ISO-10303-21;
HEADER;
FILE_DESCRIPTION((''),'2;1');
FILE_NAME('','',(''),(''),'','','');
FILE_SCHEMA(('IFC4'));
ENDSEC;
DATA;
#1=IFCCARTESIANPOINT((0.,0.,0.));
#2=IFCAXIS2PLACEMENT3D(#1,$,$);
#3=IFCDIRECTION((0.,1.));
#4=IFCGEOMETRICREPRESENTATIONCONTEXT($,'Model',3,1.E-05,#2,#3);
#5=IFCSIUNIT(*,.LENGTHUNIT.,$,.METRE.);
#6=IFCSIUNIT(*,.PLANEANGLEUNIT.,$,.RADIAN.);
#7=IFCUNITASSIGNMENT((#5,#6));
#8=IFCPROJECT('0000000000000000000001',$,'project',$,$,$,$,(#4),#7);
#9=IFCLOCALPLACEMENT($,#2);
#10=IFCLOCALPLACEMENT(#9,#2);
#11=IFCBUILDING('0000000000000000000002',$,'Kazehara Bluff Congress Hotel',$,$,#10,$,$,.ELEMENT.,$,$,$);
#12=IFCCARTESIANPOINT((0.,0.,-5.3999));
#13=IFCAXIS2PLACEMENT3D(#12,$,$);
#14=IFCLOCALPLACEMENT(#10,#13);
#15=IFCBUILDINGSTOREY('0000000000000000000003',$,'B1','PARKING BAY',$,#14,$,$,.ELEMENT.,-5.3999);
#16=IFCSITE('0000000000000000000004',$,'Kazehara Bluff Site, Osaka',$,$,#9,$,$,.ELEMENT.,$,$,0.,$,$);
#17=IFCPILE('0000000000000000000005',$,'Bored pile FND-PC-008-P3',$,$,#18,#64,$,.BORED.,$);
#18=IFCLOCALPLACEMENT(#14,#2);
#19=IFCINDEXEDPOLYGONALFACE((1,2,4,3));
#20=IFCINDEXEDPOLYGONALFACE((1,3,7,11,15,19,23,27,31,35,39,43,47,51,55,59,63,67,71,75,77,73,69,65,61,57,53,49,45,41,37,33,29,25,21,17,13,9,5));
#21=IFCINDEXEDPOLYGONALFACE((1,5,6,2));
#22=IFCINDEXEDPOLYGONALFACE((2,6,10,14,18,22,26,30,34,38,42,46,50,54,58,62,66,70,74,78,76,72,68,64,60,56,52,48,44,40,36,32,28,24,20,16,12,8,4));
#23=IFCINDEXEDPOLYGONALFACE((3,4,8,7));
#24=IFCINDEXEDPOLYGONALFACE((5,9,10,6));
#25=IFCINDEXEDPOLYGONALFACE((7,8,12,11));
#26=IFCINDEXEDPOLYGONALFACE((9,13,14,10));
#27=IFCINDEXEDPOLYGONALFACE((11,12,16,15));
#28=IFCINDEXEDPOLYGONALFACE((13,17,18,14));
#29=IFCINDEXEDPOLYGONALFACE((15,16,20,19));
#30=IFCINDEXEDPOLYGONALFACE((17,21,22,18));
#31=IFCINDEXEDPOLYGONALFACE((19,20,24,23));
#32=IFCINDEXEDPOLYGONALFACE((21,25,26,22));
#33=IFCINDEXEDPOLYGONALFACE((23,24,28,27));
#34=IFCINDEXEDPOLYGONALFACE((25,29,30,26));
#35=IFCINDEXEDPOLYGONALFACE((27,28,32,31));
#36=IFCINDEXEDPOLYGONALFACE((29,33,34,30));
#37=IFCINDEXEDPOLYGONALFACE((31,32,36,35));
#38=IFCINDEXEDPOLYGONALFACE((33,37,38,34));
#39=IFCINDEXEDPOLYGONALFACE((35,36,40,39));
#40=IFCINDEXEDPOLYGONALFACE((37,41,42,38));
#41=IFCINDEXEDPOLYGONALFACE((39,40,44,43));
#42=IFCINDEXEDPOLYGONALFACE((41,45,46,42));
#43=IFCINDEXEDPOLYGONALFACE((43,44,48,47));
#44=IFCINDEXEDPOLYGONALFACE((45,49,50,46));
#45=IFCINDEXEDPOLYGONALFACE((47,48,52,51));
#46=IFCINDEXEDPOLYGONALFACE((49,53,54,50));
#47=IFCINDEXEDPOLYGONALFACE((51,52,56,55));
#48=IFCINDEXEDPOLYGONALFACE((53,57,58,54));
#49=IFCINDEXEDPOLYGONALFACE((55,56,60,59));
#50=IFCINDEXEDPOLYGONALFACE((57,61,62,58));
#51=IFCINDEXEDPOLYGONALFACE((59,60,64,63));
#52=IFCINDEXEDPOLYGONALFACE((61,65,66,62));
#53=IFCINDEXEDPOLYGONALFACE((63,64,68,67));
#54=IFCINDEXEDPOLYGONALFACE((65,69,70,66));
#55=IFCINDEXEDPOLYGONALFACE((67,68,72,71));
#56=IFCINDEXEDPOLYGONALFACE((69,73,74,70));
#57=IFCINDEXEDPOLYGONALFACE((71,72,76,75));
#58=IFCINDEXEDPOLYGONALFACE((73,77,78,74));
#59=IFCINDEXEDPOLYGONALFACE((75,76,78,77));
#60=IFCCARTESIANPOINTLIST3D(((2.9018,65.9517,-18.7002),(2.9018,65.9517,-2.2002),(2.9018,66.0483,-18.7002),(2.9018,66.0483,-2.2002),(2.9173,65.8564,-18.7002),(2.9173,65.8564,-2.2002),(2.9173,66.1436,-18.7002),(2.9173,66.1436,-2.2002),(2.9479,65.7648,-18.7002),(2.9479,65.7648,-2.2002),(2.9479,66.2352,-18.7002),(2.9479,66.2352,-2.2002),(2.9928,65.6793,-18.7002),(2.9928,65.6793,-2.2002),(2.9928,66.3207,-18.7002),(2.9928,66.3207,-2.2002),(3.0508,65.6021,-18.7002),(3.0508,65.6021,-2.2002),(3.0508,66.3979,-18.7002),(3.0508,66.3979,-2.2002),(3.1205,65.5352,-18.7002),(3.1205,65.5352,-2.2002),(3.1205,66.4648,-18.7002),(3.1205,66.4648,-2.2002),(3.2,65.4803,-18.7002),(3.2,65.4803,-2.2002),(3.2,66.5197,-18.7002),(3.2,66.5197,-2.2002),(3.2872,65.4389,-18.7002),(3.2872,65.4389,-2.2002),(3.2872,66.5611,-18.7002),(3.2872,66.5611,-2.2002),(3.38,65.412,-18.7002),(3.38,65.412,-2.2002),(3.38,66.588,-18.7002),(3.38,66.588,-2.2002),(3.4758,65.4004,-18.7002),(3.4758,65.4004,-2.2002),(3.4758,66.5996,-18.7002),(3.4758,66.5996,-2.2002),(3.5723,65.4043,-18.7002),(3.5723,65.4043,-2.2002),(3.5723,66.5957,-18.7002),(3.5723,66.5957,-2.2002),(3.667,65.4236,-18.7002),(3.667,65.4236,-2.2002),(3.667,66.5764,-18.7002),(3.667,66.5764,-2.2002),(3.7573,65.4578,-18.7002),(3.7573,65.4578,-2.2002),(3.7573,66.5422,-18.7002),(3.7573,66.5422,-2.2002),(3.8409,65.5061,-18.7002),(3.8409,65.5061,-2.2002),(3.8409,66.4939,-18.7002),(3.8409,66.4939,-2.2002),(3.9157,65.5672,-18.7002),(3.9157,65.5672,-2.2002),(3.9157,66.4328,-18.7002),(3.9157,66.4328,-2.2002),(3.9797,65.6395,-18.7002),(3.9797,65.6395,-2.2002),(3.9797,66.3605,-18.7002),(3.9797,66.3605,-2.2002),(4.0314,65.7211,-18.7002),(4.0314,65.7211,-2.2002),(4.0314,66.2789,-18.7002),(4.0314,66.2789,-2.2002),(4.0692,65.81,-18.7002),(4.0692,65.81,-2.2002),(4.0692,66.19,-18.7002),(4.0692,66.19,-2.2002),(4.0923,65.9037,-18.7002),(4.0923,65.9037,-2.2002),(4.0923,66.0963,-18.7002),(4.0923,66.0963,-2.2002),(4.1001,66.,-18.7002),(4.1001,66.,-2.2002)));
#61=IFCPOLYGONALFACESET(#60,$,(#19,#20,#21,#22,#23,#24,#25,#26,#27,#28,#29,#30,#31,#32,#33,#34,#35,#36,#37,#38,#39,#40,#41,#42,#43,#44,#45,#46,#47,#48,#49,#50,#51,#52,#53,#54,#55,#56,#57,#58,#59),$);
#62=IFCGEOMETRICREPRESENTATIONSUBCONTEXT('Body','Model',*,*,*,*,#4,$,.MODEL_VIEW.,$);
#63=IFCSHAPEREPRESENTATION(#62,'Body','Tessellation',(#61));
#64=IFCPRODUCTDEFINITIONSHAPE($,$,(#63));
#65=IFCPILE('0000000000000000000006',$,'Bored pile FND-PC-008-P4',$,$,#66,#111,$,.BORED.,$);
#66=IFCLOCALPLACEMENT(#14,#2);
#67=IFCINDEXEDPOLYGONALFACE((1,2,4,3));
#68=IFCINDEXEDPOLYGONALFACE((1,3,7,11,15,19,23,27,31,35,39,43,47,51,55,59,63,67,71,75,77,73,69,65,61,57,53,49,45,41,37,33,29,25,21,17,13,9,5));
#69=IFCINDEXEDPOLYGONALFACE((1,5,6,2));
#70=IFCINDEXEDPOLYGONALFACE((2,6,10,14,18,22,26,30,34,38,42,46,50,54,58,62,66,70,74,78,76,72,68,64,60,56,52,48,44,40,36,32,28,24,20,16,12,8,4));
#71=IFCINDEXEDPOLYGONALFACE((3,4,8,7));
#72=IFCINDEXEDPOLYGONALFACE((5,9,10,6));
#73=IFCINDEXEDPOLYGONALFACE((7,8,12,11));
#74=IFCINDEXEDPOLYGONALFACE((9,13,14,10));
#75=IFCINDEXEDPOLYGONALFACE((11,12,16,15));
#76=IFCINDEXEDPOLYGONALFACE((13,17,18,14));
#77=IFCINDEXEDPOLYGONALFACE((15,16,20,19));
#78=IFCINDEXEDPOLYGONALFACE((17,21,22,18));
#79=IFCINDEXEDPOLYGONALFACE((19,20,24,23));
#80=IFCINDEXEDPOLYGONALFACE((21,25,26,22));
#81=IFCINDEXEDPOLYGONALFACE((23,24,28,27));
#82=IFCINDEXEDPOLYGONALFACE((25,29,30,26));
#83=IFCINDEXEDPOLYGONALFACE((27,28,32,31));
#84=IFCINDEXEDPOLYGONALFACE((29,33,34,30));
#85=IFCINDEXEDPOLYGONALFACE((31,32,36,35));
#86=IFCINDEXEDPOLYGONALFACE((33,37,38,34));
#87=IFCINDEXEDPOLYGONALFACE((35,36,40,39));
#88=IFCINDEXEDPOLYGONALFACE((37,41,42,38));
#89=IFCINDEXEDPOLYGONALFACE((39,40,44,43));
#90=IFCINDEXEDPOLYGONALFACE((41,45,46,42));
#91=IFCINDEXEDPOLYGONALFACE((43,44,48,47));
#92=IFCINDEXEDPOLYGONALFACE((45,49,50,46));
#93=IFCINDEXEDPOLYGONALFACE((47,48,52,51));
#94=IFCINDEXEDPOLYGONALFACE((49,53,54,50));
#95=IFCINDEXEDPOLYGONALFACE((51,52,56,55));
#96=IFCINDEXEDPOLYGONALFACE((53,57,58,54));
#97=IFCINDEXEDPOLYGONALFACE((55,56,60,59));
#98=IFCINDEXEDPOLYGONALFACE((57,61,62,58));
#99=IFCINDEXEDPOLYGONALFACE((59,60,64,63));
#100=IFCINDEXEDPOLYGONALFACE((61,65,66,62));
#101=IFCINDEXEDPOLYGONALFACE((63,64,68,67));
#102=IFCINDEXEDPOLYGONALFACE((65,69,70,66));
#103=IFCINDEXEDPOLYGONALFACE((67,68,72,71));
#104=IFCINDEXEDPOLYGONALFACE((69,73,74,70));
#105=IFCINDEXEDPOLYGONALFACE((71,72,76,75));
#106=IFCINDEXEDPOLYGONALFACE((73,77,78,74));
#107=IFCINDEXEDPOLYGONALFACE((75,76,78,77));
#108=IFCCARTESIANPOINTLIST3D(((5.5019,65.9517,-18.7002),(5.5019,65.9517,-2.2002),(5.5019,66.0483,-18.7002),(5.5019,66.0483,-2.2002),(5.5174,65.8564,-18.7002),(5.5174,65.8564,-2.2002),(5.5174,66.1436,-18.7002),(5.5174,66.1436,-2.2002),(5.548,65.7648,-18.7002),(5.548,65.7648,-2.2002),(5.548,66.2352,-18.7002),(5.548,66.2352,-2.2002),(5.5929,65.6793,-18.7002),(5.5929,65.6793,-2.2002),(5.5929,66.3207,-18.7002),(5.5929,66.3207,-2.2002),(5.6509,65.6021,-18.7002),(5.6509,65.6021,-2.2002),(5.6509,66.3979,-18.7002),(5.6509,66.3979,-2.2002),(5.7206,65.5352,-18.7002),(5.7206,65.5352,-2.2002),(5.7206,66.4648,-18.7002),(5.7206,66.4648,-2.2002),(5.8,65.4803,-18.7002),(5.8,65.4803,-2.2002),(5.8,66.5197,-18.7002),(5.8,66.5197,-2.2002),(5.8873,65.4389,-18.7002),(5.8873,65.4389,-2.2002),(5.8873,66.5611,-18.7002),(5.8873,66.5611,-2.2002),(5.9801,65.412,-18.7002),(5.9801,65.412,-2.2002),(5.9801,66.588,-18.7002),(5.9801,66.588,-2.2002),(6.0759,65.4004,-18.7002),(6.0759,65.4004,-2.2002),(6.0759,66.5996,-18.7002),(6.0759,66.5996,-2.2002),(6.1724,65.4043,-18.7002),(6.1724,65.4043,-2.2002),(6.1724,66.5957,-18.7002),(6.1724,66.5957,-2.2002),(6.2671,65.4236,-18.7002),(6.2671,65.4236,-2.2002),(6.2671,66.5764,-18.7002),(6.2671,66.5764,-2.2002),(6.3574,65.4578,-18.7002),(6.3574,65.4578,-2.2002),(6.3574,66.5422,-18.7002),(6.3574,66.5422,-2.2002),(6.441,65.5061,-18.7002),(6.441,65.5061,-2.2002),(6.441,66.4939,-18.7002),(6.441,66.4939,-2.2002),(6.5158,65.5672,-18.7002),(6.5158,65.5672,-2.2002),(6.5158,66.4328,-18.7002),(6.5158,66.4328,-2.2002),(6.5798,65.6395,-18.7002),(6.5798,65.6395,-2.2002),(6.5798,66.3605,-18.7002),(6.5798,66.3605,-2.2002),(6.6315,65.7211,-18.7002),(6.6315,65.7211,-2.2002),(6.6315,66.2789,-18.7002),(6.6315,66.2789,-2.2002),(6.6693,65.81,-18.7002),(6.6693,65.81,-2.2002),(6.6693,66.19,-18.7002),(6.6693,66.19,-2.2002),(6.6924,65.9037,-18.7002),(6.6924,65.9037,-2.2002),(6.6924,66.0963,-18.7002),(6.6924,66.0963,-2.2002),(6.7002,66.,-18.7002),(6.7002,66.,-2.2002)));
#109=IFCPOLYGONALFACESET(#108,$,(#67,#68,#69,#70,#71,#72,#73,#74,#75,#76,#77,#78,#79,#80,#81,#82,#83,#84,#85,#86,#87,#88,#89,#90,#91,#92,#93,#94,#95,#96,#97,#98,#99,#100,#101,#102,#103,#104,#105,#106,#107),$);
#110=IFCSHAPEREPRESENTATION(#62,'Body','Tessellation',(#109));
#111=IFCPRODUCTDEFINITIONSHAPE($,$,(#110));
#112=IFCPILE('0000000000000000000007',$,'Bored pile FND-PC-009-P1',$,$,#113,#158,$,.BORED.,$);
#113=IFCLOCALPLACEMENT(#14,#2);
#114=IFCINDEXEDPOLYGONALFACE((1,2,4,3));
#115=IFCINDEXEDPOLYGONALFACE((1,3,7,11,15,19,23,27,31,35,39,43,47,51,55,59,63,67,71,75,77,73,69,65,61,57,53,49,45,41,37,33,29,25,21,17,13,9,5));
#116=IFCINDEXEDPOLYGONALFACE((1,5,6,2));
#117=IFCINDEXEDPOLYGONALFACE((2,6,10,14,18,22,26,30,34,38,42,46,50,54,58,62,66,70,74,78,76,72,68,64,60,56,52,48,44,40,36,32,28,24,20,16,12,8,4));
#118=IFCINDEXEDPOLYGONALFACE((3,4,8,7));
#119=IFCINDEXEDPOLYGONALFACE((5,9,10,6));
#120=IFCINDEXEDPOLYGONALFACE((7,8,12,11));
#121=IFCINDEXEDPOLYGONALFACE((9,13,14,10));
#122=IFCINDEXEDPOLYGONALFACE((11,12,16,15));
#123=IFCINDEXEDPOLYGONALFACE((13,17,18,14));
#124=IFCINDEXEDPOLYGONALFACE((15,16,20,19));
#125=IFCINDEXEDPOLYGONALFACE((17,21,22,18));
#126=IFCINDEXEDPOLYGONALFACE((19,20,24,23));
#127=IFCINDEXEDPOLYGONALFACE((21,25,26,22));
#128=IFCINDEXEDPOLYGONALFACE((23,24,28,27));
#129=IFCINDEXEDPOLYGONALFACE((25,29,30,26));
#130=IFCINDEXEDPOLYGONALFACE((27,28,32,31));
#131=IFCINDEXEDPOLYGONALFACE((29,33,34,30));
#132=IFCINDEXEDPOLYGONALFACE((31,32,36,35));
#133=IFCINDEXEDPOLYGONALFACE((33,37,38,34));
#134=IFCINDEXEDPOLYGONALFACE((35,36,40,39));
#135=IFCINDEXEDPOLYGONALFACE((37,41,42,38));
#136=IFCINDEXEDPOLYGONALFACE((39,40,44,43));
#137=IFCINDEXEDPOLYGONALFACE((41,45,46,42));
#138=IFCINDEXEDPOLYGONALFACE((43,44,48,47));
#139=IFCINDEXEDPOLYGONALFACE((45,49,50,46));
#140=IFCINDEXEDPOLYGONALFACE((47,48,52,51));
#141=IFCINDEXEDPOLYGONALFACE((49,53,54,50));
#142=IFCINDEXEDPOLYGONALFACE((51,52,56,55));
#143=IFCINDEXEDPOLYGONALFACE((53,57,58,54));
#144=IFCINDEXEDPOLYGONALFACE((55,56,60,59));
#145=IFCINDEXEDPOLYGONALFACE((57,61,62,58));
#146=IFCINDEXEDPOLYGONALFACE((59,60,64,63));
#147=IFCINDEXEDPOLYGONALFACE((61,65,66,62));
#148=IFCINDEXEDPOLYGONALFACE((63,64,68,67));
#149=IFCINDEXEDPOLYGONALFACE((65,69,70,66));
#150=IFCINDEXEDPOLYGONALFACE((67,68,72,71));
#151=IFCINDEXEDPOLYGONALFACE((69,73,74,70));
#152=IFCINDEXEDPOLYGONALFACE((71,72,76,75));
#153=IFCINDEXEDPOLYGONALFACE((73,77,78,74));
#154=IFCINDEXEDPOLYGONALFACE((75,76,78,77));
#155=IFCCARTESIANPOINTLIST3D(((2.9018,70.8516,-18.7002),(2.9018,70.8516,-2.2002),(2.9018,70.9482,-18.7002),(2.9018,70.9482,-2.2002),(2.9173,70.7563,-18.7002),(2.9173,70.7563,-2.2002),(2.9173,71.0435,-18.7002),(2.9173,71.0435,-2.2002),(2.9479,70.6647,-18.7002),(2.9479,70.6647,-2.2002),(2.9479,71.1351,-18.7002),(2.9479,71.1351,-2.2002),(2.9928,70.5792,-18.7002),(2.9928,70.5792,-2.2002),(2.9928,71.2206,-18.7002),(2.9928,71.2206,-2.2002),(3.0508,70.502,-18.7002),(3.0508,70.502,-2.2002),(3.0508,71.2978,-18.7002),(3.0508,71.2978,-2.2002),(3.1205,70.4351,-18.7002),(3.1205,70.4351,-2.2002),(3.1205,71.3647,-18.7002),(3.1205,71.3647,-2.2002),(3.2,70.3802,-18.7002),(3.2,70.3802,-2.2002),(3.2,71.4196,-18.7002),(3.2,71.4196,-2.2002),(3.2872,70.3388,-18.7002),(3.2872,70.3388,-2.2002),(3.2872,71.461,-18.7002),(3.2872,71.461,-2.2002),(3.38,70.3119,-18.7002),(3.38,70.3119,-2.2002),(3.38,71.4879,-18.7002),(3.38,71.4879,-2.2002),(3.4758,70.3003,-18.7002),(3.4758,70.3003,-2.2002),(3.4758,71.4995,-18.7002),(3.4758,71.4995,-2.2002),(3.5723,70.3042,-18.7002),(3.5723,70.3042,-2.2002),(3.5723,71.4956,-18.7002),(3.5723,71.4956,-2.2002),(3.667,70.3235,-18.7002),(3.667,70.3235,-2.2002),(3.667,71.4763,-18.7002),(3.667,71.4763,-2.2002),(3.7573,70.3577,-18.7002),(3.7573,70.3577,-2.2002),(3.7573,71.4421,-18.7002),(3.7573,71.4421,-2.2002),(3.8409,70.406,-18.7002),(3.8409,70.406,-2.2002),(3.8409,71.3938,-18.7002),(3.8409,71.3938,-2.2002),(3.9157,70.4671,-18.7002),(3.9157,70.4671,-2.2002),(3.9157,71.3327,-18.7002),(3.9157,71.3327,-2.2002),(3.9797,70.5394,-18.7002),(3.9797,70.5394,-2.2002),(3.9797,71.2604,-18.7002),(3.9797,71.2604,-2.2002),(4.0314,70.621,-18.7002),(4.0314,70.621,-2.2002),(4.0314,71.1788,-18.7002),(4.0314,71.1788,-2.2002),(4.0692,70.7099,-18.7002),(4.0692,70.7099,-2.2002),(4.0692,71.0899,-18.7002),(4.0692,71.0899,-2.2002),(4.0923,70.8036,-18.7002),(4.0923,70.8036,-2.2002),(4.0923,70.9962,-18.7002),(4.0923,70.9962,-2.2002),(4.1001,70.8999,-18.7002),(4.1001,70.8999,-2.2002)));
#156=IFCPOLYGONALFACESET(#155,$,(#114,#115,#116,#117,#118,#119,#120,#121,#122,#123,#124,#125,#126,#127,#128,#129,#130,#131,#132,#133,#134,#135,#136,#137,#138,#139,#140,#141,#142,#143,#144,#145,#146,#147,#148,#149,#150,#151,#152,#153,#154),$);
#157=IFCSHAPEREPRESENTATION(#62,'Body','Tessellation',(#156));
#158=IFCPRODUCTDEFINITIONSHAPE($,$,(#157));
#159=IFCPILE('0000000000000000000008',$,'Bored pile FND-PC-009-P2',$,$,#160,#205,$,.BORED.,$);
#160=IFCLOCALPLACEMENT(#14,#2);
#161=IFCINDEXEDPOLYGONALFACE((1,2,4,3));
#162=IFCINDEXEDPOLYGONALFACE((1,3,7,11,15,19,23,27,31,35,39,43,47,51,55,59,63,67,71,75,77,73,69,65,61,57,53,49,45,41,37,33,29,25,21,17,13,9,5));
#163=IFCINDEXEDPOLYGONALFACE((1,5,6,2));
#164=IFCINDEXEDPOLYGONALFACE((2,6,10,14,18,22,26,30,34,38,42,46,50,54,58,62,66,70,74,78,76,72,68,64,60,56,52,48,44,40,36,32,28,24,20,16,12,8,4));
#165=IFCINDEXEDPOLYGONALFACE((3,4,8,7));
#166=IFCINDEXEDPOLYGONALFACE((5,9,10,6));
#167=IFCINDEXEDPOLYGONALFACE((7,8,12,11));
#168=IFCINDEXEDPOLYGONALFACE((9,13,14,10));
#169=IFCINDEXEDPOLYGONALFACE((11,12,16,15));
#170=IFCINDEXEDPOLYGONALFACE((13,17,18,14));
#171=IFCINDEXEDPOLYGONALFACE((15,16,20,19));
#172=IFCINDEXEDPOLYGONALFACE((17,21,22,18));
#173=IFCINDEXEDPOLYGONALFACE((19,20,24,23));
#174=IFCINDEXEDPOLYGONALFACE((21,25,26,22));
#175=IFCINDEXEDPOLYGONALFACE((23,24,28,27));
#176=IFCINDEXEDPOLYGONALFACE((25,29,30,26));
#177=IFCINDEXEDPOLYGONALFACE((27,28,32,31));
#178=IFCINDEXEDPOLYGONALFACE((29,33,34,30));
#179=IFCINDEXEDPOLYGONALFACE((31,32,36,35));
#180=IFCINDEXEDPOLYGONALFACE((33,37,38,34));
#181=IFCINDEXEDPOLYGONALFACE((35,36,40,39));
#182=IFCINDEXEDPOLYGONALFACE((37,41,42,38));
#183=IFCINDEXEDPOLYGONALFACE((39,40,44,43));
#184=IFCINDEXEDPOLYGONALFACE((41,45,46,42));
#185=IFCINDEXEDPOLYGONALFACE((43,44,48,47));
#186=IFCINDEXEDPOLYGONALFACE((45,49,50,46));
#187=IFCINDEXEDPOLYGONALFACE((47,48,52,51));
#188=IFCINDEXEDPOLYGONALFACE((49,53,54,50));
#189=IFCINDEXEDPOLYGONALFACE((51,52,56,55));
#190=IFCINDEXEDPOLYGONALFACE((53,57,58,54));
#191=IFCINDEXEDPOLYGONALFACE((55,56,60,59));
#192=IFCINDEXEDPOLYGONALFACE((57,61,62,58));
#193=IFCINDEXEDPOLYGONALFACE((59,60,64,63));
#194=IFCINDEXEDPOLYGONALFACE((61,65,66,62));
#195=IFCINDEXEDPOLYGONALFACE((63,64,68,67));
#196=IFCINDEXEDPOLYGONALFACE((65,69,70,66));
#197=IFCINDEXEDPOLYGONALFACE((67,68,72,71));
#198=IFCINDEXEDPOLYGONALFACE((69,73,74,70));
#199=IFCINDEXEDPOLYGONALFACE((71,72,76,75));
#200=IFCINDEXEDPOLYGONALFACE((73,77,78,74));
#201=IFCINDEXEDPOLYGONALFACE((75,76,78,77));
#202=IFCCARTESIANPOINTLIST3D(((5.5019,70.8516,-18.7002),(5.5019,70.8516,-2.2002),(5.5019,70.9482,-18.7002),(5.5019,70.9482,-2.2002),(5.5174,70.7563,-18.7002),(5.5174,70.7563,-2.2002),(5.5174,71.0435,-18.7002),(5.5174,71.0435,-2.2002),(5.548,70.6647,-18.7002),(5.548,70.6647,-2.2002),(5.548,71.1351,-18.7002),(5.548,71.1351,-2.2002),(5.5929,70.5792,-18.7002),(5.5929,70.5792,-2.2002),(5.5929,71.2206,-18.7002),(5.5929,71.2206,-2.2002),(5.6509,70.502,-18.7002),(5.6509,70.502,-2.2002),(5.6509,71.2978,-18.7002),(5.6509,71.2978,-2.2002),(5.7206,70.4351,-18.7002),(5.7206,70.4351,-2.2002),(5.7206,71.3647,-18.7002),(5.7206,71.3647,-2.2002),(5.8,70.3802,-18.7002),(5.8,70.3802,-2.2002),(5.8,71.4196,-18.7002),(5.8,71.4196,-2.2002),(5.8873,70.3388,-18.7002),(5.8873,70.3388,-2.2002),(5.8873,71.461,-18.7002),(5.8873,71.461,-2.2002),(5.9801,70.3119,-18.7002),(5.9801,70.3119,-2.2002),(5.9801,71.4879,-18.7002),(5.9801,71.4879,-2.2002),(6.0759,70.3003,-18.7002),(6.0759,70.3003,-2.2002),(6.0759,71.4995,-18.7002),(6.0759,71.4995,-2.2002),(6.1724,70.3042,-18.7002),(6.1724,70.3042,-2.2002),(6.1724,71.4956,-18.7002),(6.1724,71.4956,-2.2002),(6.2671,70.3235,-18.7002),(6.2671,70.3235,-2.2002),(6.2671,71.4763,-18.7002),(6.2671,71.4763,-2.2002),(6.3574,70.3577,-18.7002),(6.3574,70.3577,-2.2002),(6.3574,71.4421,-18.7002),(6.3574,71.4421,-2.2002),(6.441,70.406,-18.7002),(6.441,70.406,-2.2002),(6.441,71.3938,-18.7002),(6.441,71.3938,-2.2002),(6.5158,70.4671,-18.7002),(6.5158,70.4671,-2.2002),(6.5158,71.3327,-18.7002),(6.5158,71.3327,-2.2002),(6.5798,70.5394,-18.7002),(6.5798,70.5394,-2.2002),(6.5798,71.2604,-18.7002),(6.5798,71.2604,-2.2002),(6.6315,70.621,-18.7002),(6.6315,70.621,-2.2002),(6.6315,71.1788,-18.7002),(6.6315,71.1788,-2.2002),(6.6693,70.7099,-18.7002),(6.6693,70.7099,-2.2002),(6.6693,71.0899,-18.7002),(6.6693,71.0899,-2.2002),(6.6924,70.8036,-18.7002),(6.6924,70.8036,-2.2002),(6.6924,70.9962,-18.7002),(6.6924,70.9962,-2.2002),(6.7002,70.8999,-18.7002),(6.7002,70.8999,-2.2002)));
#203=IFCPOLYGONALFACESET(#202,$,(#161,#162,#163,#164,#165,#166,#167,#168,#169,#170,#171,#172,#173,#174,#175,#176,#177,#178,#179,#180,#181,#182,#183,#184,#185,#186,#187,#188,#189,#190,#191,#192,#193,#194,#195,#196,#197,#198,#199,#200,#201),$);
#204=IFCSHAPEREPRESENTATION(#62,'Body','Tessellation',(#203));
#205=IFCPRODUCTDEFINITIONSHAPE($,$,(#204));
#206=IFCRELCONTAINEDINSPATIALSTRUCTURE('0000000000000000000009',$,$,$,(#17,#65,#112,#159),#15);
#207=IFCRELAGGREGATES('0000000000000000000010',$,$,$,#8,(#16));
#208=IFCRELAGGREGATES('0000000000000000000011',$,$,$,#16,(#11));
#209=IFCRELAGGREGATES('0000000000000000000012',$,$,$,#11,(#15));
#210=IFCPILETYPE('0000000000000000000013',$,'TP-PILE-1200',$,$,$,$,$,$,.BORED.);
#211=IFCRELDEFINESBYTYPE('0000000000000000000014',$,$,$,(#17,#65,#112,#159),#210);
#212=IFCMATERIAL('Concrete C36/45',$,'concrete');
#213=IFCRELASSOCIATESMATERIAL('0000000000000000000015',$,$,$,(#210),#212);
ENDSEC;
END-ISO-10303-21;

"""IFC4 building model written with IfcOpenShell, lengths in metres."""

from ifc_helpers import new_model, si_unit, direction, frame, origin, origin_2d, place, context, subcontext, project, spatial, circle, extrude, material, material_profile, profile_set, type_object, element, save


model = new_model("IFC4")

# Units and contexts
model_context = context("Model", 3, precision=1e-05, world=origin(), true_north=direction((0.0, 1.0)))
body_context = subcontext(model_context, "Body", "Model", "MODEL_VIEW")
ifc_project = project(units=[si_unit("LENGTHUNIT", "METRE"), si_unit("PLANEANGLEUNIT", "RADIAN")], contexts=[model_context])

# Site, building, storey
site_placement = place(None, origin())
site = spatial("IfcSite", under=ifc_project, at=site_placement, Name="Kazehara Bluff Site, Osaka", CompositionType="ELEMENT", RefElevation=0.0)
building_placement = place(site_placement, origin())
building = spatial("IfcBuilding", under=site, at=building_placement, Name="Kazehara Bluff Congress Hotel", CompositionType="ELEMENT")
storey_placement = place(building_placement, frame((0.0, 0.0, -5.3999)))
storey = spatial("IfcBuildingStorey", under=building, at=storey_placement, Name="B1", Description="PARKING BAY", CompositionType="ELEMENT", Elevation=-5.3999)

# Piles
ifc_material_1 = material(Name="Concrete C36/45", Category="concrete")
ifc_material_profile_1 = material_profile(ifc_material_1, circle(Radius=0.6001, at=origin_2d()))
ifc_profile_set_1 = profile_set([ifc_material_profile_1], Name="Concrete C36/45")
pile_type = type_object("IfcPileType", Name="TP-PILE-1200", PredefinedType="BORED", material=ifc_profile_set_1)
for number, where, z_axis, x_axis, name in (
    (1, (3.5, 66.0, -2.2002), (0.0, 0.0, -1.0), (1.0, 0.0, 0.0), "Bored pile FND-PC-008-P3"),
    (2, (6.1001, 66.0, -2.2002), (0.0, 0.0, -1.0), (1.0, 0.0, 0.0), "Bored pile FND-PC-008-P4"),
    (3, (3.5, 70.8999, -2.2002), (0.0, 0.0, -1.0), (1.0, 0.0, 0.0), "Bored pile FND-PC-009-P1"),
    (4, (6.1001, 70.8999, -2.2002), (0.0, 0.0, -1.0), (1.0, 0.0, 0.0), "Bored pile FND-PC-009-P2"),
):
    element("IfcPile", number, at=place(storey_placement, frame(where, z_axis=z_axis, x_axis=x_axis)), inside=storey, type_object=pile_type, Name=name, PredefinedType="BORED", context=body_context, shape_type="SweptSolid", body=[
        extrude(circle(Radius=0.6001, at=origin_2d()), origin(), (0.0, 0.0, 1.0), 16.5),
    ])

save(model, "model.ifc")
